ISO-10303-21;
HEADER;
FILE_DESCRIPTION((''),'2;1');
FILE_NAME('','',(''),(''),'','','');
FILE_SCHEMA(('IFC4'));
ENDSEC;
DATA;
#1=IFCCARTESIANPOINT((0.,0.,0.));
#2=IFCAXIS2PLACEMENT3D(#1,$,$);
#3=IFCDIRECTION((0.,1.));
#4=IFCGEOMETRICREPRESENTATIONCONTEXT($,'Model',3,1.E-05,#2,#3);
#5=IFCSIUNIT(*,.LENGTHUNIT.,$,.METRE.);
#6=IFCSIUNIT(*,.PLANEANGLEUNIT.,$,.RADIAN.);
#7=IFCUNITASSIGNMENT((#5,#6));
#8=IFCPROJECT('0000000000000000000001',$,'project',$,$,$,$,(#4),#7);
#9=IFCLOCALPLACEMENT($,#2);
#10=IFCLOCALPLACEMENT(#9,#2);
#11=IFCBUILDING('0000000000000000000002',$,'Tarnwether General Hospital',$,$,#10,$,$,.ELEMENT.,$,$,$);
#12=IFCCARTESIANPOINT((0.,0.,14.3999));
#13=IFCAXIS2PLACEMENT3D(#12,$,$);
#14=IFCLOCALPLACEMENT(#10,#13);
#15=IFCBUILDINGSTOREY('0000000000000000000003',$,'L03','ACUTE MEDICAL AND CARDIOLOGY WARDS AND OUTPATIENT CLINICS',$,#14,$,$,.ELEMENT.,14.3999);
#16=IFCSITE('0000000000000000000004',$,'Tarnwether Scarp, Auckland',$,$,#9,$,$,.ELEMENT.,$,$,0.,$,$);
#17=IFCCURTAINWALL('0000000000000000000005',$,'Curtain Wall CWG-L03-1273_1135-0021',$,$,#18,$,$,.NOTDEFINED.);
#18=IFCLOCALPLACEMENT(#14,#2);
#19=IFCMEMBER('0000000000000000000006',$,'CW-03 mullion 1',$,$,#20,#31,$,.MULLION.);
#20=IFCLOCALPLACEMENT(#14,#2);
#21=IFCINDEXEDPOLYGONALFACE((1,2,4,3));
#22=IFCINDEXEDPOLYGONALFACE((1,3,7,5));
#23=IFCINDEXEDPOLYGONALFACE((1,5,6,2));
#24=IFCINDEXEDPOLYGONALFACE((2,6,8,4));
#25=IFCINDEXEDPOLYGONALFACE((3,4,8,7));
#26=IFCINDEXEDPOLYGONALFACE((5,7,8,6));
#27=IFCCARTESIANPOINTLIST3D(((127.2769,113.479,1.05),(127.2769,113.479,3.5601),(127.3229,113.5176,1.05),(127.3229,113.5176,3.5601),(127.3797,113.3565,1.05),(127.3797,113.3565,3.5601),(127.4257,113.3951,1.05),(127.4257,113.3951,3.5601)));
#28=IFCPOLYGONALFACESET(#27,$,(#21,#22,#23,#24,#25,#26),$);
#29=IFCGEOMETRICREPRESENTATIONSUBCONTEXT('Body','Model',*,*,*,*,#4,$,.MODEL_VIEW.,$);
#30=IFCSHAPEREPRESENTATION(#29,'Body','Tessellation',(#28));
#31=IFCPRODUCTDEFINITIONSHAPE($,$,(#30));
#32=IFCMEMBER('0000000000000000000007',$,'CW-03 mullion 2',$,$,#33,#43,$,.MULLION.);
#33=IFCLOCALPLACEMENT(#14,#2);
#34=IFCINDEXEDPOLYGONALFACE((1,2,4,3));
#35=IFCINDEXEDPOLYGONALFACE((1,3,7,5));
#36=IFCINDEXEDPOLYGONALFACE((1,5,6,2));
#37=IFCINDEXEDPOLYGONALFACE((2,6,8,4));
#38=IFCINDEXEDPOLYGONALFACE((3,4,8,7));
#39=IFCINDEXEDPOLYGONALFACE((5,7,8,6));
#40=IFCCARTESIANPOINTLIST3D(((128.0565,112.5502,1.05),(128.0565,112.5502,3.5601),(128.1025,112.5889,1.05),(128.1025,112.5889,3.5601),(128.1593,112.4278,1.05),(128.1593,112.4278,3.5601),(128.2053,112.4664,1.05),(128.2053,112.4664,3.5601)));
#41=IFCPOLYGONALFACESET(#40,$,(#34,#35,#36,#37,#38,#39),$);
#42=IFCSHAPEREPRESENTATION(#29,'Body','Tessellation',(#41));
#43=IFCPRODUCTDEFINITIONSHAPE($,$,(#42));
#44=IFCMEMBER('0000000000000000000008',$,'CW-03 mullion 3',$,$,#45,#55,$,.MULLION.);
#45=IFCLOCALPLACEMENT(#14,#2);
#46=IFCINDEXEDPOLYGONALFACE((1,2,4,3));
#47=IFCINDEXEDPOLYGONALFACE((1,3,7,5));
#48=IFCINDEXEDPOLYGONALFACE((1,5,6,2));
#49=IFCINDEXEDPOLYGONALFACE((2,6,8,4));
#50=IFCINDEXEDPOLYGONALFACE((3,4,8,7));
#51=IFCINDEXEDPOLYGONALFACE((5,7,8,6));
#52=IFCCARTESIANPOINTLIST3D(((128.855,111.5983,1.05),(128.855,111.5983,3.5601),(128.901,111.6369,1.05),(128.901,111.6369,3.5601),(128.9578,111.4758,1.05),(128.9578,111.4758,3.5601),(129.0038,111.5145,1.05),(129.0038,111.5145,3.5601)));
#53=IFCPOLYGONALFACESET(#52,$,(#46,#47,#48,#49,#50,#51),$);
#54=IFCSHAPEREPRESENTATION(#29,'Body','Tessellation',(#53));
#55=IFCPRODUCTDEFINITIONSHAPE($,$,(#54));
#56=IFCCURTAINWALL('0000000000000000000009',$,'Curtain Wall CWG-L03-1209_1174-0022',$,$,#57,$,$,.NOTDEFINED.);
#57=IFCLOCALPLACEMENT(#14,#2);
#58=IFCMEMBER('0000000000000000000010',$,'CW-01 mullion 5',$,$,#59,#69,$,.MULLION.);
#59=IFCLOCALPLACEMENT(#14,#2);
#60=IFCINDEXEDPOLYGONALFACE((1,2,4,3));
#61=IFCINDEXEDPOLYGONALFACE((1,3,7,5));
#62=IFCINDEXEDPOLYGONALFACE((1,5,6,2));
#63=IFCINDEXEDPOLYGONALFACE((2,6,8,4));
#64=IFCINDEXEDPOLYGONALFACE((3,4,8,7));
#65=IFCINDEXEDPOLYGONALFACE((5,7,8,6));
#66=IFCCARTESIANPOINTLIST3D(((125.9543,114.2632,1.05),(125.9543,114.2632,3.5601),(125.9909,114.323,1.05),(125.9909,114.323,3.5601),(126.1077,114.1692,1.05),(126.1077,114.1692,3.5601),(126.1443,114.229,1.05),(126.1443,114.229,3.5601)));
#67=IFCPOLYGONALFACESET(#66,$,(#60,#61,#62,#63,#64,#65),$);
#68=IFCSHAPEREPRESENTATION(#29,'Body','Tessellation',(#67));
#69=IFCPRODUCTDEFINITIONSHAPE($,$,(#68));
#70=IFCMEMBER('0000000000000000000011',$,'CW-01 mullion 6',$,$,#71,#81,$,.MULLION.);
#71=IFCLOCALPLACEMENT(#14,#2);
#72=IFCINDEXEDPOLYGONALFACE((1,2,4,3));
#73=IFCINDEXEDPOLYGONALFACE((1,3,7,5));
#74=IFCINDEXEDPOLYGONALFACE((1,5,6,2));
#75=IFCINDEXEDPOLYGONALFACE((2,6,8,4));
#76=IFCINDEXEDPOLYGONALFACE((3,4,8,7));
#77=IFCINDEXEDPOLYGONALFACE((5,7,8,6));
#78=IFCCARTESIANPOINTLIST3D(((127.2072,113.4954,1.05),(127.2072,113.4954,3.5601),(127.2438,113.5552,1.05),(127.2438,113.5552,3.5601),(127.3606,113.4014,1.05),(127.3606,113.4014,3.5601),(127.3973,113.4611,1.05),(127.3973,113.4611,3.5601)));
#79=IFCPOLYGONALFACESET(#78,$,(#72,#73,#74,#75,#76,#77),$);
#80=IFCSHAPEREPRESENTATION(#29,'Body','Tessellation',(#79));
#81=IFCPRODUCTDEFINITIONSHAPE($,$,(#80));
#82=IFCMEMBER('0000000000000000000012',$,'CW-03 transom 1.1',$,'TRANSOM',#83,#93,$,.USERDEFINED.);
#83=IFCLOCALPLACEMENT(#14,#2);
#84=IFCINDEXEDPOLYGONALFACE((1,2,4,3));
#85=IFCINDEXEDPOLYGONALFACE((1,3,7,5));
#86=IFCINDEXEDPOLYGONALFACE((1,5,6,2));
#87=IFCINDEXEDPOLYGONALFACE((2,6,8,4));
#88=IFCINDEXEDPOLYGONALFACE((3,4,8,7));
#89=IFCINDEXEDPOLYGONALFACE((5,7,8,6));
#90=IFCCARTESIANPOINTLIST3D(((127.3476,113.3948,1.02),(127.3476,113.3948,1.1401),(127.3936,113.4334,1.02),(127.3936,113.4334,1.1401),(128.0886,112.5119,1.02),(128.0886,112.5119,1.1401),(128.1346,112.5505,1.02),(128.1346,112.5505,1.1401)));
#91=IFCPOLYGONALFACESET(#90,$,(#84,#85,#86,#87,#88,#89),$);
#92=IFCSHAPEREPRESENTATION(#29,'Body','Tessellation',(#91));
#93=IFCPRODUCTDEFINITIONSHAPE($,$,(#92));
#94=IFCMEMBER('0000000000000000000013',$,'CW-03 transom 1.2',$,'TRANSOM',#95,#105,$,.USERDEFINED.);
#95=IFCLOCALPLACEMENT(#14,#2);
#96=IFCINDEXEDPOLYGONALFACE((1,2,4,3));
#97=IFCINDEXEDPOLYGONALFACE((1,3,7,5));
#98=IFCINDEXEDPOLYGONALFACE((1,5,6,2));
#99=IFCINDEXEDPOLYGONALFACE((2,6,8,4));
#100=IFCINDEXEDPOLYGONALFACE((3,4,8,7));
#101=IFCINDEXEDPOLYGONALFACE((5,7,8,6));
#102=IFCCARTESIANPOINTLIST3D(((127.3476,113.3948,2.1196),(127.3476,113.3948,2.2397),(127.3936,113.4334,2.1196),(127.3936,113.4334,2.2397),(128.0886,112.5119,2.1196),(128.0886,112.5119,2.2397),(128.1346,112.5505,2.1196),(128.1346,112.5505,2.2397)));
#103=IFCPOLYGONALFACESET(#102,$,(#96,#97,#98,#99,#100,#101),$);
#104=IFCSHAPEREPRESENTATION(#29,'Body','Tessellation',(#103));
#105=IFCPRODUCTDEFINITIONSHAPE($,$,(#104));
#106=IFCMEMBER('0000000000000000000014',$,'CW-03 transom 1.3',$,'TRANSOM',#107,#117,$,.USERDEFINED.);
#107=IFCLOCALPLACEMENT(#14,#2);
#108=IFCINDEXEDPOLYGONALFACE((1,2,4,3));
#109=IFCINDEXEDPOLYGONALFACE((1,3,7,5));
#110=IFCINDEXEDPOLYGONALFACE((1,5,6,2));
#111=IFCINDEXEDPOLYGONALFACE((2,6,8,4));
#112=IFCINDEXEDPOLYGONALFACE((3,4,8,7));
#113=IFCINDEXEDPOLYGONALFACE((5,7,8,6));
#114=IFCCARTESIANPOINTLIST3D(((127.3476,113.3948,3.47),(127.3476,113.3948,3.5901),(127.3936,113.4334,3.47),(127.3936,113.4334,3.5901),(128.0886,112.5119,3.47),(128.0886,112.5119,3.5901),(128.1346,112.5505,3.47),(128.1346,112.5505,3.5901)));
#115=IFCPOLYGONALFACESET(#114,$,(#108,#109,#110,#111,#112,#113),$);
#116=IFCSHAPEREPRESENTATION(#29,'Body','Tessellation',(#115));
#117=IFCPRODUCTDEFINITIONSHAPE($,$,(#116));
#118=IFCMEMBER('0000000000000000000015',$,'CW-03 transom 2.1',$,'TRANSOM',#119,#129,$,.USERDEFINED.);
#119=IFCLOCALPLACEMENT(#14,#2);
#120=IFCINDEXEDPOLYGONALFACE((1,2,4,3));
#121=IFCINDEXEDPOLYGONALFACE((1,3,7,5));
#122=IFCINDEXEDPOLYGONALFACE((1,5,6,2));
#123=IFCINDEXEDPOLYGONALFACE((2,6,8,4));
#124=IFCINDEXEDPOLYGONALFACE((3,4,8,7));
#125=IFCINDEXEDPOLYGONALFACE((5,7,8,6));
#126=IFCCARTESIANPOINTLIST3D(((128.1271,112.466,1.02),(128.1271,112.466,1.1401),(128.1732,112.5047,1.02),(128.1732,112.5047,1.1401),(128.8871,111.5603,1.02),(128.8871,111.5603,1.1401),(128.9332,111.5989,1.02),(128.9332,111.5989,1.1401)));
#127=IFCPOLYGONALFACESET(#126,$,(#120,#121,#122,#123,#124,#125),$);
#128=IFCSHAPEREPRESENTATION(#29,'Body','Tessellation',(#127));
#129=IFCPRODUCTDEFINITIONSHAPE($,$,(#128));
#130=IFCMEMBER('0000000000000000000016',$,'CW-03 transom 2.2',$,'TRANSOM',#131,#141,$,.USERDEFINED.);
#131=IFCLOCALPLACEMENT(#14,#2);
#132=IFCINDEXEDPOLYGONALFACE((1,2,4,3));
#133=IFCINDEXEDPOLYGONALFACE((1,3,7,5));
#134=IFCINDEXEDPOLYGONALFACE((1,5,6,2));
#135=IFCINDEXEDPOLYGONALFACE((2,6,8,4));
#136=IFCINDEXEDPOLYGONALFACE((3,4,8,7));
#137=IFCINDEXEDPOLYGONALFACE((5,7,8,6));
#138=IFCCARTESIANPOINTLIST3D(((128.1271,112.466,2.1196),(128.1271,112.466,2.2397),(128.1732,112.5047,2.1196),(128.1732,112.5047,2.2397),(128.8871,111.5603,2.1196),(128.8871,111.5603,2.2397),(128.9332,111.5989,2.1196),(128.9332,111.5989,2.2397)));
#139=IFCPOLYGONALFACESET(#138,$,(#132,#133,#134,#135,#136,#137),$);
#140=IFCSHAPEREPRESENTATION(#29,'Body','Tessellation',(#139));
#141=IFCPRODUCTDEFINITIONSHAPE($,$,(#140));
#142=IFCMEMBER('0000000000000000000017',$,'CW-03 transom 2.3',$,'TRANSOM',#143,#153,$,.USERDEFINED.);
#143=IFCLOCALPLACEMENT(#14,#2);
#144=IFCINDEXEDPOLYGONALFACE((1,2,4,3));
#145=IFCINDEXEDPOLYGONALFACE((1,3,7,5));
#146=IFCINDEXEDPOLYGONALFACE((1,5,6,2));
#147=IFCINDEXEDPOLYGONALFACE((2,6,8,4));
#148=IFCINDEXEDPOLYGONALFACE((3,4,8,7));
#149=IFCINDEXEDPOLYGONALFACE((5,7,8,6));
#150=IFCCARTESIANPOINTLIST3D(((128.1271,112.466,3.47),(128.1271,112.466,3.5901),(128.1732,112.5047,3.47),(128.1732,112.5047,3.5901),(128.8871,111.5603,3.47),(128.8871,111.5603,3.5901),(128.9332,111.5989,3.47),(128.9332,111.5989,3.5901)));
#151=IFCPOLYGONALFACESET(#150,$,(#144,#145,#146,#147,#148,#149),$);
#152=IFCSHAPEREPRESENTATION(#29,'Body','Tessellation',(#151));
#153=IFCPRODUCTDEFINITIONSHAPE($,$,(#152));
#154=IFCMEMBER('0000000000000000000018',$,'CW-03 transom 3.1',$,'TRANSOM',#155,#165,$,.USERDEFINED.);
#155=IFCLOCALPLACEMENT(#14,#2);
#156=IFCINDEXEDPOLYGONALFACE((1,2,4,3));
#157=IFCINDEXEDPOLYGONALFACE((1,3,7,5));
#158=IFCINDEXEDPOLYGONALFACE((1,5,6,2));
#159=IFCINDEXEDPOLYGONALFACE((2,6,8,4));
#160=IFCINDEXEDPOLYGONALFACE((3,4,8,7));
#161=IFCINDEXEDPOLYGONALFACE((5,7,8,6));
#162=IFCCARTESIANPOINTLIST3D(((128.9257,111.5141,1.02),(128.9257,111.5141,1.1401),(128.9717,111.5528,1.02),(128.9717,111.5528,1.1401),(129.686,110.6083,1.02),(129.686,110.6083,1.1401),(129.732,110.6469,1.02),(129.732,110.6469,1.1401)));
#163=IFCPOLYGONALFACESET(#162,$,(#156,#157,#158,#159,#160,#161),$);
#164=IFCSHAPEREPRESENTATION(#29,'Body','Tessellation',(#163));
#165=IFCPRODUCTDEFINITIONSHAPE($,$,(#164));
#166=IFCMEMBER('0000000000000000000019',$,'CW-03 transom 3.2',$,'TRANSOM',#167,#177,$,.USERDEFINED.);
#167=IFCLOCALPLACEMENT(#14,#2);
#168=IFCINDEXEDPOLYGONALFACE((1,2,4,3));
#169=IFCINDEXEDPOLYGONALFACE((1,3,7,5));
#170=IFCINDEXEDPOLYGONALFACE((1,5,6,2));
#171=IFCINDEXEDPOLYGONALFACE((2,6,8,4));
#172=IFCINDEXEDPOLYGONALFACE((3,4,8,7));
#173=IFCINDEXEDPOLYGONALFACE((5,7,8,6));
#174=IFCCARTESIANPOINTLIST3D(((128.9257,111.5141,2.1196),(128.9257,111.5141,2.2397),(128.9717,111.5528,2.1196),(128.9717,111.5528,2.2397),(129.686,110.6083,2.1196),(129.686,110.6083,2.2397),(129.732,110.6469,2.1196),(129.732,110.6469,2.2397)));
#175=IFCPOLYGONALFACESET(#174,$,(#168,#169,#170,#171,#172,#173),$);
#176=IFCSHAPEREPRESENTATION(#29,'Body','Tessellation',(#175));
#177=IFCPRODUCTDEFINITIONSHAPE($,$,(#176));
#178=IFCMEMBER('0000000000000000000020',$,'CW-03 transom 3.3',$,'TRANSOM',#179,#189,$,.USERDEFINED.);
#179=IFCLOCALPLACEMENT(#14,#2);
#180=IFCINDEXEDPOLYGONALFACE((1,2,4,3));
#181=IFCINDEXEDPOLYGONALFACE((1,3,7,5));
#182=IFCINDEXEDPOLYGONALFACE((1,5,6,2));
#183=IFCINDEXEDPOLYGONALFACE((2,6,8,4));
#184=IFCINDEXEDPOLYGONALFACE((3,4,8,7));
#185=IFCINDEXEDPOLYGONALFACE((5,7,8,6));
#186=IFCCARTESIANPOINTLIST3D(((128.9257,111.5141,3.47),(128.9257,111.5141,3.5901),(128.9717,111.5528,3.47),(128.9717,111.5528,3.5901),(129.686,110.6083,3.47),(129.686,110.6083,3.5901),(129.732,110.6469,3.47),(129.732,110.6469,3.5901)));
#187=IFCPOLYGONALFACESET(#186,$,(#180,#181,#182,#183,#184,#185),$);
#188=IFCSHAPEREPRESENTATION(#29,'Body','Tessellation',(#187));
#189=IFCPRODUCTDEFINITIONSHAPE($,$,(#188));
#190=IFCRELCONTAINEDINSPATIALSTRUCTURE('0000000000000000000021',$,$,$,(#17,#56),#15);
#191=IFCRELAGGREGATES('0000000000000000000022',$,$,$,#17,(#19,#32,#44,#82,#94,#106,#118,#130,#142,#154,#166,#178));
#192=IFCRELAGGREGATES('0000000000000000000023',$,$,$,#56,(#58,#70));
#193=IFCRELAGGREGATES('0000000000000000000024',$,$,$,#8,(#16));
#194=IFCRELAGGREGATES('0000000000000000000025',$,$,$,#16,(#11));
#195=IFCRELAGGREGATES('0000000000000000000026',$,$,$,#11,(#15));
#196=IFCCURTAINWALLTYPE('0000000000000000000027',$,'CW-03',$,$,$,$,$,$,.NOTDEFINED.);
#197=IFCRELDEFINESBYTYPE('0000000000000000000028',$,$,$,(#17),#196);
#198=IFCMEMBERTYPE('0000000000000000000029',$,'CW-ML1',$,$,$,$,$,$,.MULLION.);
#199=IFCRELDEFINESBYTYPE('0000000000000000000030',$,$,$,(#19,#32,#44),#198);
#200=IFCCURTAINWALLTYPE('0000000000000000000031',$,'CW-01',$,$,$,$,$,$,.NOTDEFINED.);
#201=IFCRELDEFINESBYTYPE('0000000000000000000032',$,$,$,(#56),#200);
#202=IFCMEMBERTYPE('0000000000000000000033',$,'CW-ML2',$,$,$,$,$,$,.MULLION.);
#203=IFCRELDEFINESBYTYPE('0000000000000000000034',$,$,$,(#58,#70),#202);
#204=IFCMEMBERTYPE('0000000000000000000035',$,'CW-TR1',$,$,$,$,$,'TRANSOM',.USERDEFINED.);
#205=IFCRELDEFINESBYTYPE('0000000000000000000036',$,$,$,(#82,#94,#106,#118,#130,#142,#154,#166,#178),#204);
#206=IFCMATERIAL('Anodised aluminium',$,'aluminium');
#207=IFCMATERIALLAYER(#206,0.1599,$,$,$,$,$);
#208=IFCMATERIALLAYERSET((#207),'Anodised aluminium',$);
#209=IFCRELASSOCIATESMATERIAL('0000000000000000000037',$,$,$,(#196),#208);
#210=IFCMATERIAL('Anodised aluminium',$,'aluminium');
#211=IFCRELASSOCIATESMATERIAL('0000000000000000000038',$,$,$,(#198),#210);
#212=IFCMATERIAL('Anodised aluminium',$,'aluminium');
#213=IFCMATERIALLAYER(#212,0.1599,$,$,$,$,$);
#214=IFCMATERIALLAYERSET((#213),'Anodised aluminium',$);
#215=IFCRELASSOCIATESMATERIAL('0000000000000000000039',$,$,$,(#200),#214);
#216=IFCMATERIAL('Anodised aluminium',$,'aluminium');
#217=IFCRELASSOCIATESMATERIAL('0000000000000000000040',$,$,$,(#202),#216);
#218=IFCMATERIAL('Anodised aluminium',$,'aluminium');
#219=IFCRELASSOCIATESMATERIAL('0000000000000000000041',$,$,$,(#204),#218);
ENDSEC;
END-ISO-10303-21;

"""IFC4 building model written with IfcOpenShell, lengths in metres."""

from ifc_helpers import new_model, si_unit, direction, frame, origin, origin_2d, place, context, subcontext, project, spatial, rectangle, extrude, material, layer, layer_set, material_profile, profile_set, type_object, element, aggregate, save


model = new_model("IFC4")

# Units and contexts
model_context = context("Model", 3, precision=1e-05, world=origin(), true_north=direction((0.0, 1.0)))
body_context = subcontext(model_context, "Body", "Model", "MODEL_VIEW")
ifc_project = project(units=[si_unit("LENGTHUNIT", "METRE"), si_unit("PLANEANGLEUNIT", "RADIAN")], contexts=[model_context])

# Site, building, storey
site_placement = place(None, origin())
site = spatial("IfcSite", under=ifc_project, at=site_placement, Name="Tarnwether Scarp, Auckland", CompositionType="ELEMENT", RefElevation=0.0)
building_placement = place(site_placement, origin())
building = spatial("IfcBuilding", under=site, at=building_placement, Name="Tarnwether General Hospital", CompositionType="ELEMENT")
storey_placement = place(building_placement, frame((0.0, 0.0, 14.3999)))
storey = spatial("IfcBuildingStorey", under=building, at=storey_placement, Name="L03", Description="ACUTE MEDICAL AND CARDIOLOGY WARDS AND OUTPATIENT CLINICS", CompositionType="ELEMENT", Elevation=14.3999)

# Curtain walls, members
ifc_material_1 = material(Name="Anodised aluminium", Category="aluminium")
ifc_layer_1 = layer(ifc_material_1, 0.1599)
ifc_layer_set_1 = layer_set([ifc_layer_1], Name="Anodised aluminium")
curtain_wall_type_1 = type_object("IfcCurtainWallType", Name="CW-03", PredefinedType="NOTDEFINED", material=ifc_layer_set_1)
curtain_wall_1_placement = place(storey_placement, origin())
curtain_wall_1 = element("IfcCurtainWall", 1, at=curtain_wall_1_placement, inside=storey, type_object=curtain_wall_type_1, Name="Curtain Wall CWG-L03-1273_1135-0021", PredefinedType="NOTDEFINED")
ifc_material_2 = material(Name="Anodised aluminium", Category="aluminium")
ifc_material_profile_1 = material_profile(ifc_material_2, rectangle(XDim=0.0601, YDim=0.1599, at=origin_2d()), Name="ALU-MUL-60x160")
ifc_profile_set_1 = profile_set([ifc_material_profile_1], Name="Anodised aluminium")
member_type_1 = type_object("IfcMemberType", Name="CW-ML1", PredefinedType="MULLION", material=ifc_profile_set_1)
member_1_placement = place(storey_placement, frame((127.3513, 113.437, 1.05), z_axis=(0.0, 0.0, 1.0), x_axis=(0.76599, 0.642852, 0.0)))
member_1 = element("IfcMember", 2, at=member_1_placement, type_object=member_type_1, Name="CW-03 mullion 1", PredefinedType="MULLION", context=body_context, shape_type="SweptSolid", body=[
    extrude(rectangle(XDim=0.0601, YDim=0.1599, at=origin_2d()), origin(), (0.0, 0.0, 1.0), 2.51),
])
member_2_placement = place(storey_placement, frame((128.1309, 112.5083, 1.05), z_axis=(0.0, 0.0, 1.0), x_axis=(0.76599, 0.642852, 0.0)))
member_2 = element("IfcMember", 3, at=member_2_placement, type_object=member_type_1, Name="CW-03 mullion 2", PredefinedType="MULLION", context=body_context, shape_type="SweptSolid", body=[
    extrude(rectangle(XDim=0.0601, YDim=0.1599, at=origin_2d()), origin(), (0.0, 0.0, 1.0), 2.51),
])
member_3_placement = place(storey_placement, frame((128.9294, 111.5564, 1.05), z_axis=(0.0, 0.0, 1.0), x_axis=(0.76599, 0.642852, 0.0)))
member_3 = element("IfcMember", 4, at=member_3_placement, type_object=member_type_1, Name="CW-03 mullion 3", PredefinedType="MULLION", context=body_context, shape_type="SweptSolid", body=[
    extrude(rectangle(XDim=0.0601, YDim=0.1599, at=origin_2d()), origin(), (0.0, 0.0, 1.0), 2.51),
])
ifc_material_3 = material(Name="Anodised aluminium", Category="aluminium")
ifc_layer_2 = layer(ifc_material_3, 0.1599)
ifc_layer_set_2 = layer_set([ifc_layer_2], Name="Anodised aluminium")
curtain_wall_type_2 = type_object("IfcCurtainWallType", Name="CW-01", PredefinedType="NOTDEFINED", material=ifc_layer_set_2)
curtain_wall_2_placement = place(storey_placement, origin())
curtain_wall_2 = element("IfcCurtainWall", 5, at=curtain_wall_2_placement, inside=storey, type_object=curtain_wall_type_2, Name="Curtain Wall CWG-L03-1209_1174-0022", PredefinedType="NOTDEFINED")
ifc_material_4 = material(Name="Anodised aluminium", Category="aluminium")
ifc_material_profile_2 = material_profile(ifc_material_4, rectangle(XDim=0.0701, YDim=0.1799, at=origin_2d()), Name="ALU-MUL-70x180")
ifc_profile_set_2 = profile_set([ifc_material_profile_2], Name="Anodised aluminium")
member_type_2 = type_object("IfcMemberType", Name="CW-ML2", PredefinedType="MULLION", material=ifc_profile_set_2)
member_4_placement = place(storey_placement, frame((126.0493, 114.2461, 1.05), z_axis=(0.0, 0.0, 1.0), x_axis=(0.522509, 0.852634, 0.0)))
member_4 = element("IfcMember", 6, at=member_4_placement, type_object=member_type_2, Name="CW-01 mullion 5", PredefinedType="MULLION", context=body_context, shape_type="SweptSolid", body=[
    extrude(rectangle(XDim=0.0701, YDim=0.1799, at=origin_2d()), origin(), (0.0, 0.0, 1.0), 2.51),
])
member_5_placement = place(storey_placement, frame((127.3022, 113.4783, 1.05), z_axis=(0.0, 0.0, 1.0), x_axis=(0.522509, 0.852634, 0.0)))
member_5 = element("IfcMember", 7, at=member_5_placement, type_object=member_type_2, Name="CW-01 mullion 6", PredefinedType="MULLION", context=body_context, shape_type="SweptSolid", body=[
    extrude(rectangle(XDim=0.0701, YDim=0.1799, at=origin_2d()), origin(), (0.0, 0.0, 1.0), 2.51),
])

# Members
ifc_material_5 = material(Name="Anodised aluminium", Category="aluminium")
ifc_material_profile_3 = material_profile(ifc_material_5, rectangle(XDim=0.0601, YDim=0.1201, at=origin_2d()), Name="ALU-TRN-60x120")
ifc_profile_set_3 = profile_set([ifc_material_profile_3], Name="Anodised aluminium")
member_type_3 = type_object("IfcMemberType", Name="CW-TR1", ElementType="TRANSOM", PredefinedType="USERDEFINED", material=ifc_profile_set_3)
member_6_placement = place(storey_placement, frame((127.3706, 113.4141, 1.0801), z_axis=(0.642889, -0.765959, 0.0), x_axis=(0.765959, 0.642889, 0.0)))
member_6 = element("IfcMember", 8, at=member_6_placement, type_object=member_type_3, Name="CW-03 transom 1.1", ObjectType="TRANSOM", PredefinedType="USERDEFINED", context=body_context, shape_type="SweptSolid", body=[
    extrude(rectangle(XDim=0.0601, YDim=0.1201, at=origin_2d()), origin(), (0.0, 0.0, 1.0), 1.1526),
])
member_7_placement = place(storey_placement, frame((127.3706, 113.4141, 2.1797), z_axis=(0.642889, -0.765959, 0.0), x_axis=(0.765959, 0.642889, 0.0)))
member_7 = element("IfcMember", 9, at=member_7_placement, type_object=member_type_3, Name="CW-03 transom 1.2", ObjectType="TRANSOM", PredefinedType="USERDEFINED", context=body_context, shape_type="SweptSolid", body=[
    extrude(rectangle(XDim=0.0601, YDim=0.1201, at=origin_2d()), origin(), (0.0, 0.0, 1.0), 1.1526),
])
member_8_placement = place(storey_placement, frame((127.3706, 113.4141, 3.53), z_axis=(0.642889, -0.765959, 0.0), x_axis=(0.765959, 0.642889, 0.0)))
member_8 = element("IfcMember", 10, at=member_8_placement, type_object=member_type_3, Name="CW-03 transom 1.3", ObjectType="TRANSOM", PredefinedType="USERDEFINED", context=body_context, shape_type="SweptSolid", body=[
    extrude(rectangle(XDim=0.0601, YDim=0.1201, at=origin_2d()), origin(), (0.0, 0.0, 1.0), 1.1526),
])
member_9_placement = place(storey_placement, frame((128.1501, 112.4854, 1.0801), z_axis=(0.64278, -0.766051, 0.0), x_axis=(0.766051, 0.64278, 0.0)))
member_9 = element("IfcMember", 11, at=member_9_placement, type_object=member_type_3, Name="CW-03 transom 2.1", ObjectType="TRANSOM", PredefinedType="USERDEFINED", context=body_context, shape_type="SweptSolid", body=[
    extrude(rectangle(XDim=0.0601, YDim=0.1201, at=origin_2d()), origin(), (0.0, 0.0, 1.0), 1.1824),
])
member_10_placement = place(storey_placement, frame((128.1501, 112.4854, 2.1797), z_axis=(0.64278, -0.766051, 0.0), x_axis=(0.766051, 0.64278, 0.0)))
member_10 = element("IfcMember", 12, at=member_10_placement, type_object=member_type_3, Name="CW-03 transom 2.2", ObjectType="TRANSOM", PredefinedType="USERDEFINED", context=body_context, shape_type="SweptSolid", body=[
    extrude(rectangle(XDim=0.0601, YDim=0.1201, at=origin_2d()), origin(), (0.0, 0.0, 1.0), 1.1824),
])
member_11_placement = place(storey_placement, frame((128.1501, 112.4854, 3.53), z_axis=(0.64278, -0.766051, 0.0), x_axis=(0.766051, 0.64278, 0.0)))
member_11 = element("IfcMember", 13, at=member_11_placement, type_object=member_type_3, Name="CW-03 transom 2.3", ObjectType="TRANSOM", PredefinedType="USERDEFINED", context=body_context, shape_type="SweptSolid", body=[
    extrude(rectangle(XDim=0.0601, YDim=0.1201, at=origin_2d()), origin(), (0.0, 0.0, 1.0), 1.1824),
])
member_12_placement = place(storey_placement, frame((128.9487, 111.5334, 1.0801), z_axis=(0.642902, -0.765949, 0.0), x_axis=(0.765949, 0.642902, 0.0)))
member_12 = element("IfcMember", 14, at=member_12_placement, type_object=member_type_3, Name="CW-03 transom 3.1", ObjectType="TRANSOM", PredefinedType="USERDEFINED", context=body_context, shape_type="SweptSolid", body=[
    extrude(rectangle(XDim=0.0601, YDim=0.1201, at=origin_2d()), origin(), (0.0, 0.0, 1.0), 1.1826),
])
member_13_placement = place(storey_placement, frame((128.9487, 111.5334, 2.1797), z_axis=(0.642902, -0.765949, 0.0), x_axis=(0.765949, 0.642902, 0.0)))
member_13 = element("IfcMember", 15, at=member_13_placement, type_object=member_type_3, Name="CW-03 transom 3.2", ObjectType="TRANSOM", PredefinedType="USERDEFINED", context=body_context, shape_type="SweptSolid", body=[
    extrude(rectangle(XDim=0.0601, YDim=0.1201, at=origin_2d()), origin(), (0.0, 0.0, 1.0), 1.1826),
])
member_14_placement = place(storey_placement, frame((128.9487, 111.5334, 3.53), z_axis=(0.642902, -0.765949, 0.0), x_axis=(0.765949, 0.642902, 0.0)))
member_14 = element("IfcMember", 16, at=member_14_placement, type_object=member_type_3, Name="CW-03 transom 3.3", ObjectType="TRANSOM", PredefinedType="USERDEFINED", context=body_context, shape_type="SweptSolid", body=[
    extrude(rectangle(XDim=0.0601, YDim=0.1201, at=origin_2d()), origin(), (0.0, 0.0, 1.0), 1.1826),
])

aggregate(curtain_wall_1, [member_1, member_2, member_3, member_6, member_7, member_8, member_9, member_10, member_11, member_12, member_13, member_14])
aggregate(curtain_wall_2, [member_4, member_5])

save(model, "model.ifc")
